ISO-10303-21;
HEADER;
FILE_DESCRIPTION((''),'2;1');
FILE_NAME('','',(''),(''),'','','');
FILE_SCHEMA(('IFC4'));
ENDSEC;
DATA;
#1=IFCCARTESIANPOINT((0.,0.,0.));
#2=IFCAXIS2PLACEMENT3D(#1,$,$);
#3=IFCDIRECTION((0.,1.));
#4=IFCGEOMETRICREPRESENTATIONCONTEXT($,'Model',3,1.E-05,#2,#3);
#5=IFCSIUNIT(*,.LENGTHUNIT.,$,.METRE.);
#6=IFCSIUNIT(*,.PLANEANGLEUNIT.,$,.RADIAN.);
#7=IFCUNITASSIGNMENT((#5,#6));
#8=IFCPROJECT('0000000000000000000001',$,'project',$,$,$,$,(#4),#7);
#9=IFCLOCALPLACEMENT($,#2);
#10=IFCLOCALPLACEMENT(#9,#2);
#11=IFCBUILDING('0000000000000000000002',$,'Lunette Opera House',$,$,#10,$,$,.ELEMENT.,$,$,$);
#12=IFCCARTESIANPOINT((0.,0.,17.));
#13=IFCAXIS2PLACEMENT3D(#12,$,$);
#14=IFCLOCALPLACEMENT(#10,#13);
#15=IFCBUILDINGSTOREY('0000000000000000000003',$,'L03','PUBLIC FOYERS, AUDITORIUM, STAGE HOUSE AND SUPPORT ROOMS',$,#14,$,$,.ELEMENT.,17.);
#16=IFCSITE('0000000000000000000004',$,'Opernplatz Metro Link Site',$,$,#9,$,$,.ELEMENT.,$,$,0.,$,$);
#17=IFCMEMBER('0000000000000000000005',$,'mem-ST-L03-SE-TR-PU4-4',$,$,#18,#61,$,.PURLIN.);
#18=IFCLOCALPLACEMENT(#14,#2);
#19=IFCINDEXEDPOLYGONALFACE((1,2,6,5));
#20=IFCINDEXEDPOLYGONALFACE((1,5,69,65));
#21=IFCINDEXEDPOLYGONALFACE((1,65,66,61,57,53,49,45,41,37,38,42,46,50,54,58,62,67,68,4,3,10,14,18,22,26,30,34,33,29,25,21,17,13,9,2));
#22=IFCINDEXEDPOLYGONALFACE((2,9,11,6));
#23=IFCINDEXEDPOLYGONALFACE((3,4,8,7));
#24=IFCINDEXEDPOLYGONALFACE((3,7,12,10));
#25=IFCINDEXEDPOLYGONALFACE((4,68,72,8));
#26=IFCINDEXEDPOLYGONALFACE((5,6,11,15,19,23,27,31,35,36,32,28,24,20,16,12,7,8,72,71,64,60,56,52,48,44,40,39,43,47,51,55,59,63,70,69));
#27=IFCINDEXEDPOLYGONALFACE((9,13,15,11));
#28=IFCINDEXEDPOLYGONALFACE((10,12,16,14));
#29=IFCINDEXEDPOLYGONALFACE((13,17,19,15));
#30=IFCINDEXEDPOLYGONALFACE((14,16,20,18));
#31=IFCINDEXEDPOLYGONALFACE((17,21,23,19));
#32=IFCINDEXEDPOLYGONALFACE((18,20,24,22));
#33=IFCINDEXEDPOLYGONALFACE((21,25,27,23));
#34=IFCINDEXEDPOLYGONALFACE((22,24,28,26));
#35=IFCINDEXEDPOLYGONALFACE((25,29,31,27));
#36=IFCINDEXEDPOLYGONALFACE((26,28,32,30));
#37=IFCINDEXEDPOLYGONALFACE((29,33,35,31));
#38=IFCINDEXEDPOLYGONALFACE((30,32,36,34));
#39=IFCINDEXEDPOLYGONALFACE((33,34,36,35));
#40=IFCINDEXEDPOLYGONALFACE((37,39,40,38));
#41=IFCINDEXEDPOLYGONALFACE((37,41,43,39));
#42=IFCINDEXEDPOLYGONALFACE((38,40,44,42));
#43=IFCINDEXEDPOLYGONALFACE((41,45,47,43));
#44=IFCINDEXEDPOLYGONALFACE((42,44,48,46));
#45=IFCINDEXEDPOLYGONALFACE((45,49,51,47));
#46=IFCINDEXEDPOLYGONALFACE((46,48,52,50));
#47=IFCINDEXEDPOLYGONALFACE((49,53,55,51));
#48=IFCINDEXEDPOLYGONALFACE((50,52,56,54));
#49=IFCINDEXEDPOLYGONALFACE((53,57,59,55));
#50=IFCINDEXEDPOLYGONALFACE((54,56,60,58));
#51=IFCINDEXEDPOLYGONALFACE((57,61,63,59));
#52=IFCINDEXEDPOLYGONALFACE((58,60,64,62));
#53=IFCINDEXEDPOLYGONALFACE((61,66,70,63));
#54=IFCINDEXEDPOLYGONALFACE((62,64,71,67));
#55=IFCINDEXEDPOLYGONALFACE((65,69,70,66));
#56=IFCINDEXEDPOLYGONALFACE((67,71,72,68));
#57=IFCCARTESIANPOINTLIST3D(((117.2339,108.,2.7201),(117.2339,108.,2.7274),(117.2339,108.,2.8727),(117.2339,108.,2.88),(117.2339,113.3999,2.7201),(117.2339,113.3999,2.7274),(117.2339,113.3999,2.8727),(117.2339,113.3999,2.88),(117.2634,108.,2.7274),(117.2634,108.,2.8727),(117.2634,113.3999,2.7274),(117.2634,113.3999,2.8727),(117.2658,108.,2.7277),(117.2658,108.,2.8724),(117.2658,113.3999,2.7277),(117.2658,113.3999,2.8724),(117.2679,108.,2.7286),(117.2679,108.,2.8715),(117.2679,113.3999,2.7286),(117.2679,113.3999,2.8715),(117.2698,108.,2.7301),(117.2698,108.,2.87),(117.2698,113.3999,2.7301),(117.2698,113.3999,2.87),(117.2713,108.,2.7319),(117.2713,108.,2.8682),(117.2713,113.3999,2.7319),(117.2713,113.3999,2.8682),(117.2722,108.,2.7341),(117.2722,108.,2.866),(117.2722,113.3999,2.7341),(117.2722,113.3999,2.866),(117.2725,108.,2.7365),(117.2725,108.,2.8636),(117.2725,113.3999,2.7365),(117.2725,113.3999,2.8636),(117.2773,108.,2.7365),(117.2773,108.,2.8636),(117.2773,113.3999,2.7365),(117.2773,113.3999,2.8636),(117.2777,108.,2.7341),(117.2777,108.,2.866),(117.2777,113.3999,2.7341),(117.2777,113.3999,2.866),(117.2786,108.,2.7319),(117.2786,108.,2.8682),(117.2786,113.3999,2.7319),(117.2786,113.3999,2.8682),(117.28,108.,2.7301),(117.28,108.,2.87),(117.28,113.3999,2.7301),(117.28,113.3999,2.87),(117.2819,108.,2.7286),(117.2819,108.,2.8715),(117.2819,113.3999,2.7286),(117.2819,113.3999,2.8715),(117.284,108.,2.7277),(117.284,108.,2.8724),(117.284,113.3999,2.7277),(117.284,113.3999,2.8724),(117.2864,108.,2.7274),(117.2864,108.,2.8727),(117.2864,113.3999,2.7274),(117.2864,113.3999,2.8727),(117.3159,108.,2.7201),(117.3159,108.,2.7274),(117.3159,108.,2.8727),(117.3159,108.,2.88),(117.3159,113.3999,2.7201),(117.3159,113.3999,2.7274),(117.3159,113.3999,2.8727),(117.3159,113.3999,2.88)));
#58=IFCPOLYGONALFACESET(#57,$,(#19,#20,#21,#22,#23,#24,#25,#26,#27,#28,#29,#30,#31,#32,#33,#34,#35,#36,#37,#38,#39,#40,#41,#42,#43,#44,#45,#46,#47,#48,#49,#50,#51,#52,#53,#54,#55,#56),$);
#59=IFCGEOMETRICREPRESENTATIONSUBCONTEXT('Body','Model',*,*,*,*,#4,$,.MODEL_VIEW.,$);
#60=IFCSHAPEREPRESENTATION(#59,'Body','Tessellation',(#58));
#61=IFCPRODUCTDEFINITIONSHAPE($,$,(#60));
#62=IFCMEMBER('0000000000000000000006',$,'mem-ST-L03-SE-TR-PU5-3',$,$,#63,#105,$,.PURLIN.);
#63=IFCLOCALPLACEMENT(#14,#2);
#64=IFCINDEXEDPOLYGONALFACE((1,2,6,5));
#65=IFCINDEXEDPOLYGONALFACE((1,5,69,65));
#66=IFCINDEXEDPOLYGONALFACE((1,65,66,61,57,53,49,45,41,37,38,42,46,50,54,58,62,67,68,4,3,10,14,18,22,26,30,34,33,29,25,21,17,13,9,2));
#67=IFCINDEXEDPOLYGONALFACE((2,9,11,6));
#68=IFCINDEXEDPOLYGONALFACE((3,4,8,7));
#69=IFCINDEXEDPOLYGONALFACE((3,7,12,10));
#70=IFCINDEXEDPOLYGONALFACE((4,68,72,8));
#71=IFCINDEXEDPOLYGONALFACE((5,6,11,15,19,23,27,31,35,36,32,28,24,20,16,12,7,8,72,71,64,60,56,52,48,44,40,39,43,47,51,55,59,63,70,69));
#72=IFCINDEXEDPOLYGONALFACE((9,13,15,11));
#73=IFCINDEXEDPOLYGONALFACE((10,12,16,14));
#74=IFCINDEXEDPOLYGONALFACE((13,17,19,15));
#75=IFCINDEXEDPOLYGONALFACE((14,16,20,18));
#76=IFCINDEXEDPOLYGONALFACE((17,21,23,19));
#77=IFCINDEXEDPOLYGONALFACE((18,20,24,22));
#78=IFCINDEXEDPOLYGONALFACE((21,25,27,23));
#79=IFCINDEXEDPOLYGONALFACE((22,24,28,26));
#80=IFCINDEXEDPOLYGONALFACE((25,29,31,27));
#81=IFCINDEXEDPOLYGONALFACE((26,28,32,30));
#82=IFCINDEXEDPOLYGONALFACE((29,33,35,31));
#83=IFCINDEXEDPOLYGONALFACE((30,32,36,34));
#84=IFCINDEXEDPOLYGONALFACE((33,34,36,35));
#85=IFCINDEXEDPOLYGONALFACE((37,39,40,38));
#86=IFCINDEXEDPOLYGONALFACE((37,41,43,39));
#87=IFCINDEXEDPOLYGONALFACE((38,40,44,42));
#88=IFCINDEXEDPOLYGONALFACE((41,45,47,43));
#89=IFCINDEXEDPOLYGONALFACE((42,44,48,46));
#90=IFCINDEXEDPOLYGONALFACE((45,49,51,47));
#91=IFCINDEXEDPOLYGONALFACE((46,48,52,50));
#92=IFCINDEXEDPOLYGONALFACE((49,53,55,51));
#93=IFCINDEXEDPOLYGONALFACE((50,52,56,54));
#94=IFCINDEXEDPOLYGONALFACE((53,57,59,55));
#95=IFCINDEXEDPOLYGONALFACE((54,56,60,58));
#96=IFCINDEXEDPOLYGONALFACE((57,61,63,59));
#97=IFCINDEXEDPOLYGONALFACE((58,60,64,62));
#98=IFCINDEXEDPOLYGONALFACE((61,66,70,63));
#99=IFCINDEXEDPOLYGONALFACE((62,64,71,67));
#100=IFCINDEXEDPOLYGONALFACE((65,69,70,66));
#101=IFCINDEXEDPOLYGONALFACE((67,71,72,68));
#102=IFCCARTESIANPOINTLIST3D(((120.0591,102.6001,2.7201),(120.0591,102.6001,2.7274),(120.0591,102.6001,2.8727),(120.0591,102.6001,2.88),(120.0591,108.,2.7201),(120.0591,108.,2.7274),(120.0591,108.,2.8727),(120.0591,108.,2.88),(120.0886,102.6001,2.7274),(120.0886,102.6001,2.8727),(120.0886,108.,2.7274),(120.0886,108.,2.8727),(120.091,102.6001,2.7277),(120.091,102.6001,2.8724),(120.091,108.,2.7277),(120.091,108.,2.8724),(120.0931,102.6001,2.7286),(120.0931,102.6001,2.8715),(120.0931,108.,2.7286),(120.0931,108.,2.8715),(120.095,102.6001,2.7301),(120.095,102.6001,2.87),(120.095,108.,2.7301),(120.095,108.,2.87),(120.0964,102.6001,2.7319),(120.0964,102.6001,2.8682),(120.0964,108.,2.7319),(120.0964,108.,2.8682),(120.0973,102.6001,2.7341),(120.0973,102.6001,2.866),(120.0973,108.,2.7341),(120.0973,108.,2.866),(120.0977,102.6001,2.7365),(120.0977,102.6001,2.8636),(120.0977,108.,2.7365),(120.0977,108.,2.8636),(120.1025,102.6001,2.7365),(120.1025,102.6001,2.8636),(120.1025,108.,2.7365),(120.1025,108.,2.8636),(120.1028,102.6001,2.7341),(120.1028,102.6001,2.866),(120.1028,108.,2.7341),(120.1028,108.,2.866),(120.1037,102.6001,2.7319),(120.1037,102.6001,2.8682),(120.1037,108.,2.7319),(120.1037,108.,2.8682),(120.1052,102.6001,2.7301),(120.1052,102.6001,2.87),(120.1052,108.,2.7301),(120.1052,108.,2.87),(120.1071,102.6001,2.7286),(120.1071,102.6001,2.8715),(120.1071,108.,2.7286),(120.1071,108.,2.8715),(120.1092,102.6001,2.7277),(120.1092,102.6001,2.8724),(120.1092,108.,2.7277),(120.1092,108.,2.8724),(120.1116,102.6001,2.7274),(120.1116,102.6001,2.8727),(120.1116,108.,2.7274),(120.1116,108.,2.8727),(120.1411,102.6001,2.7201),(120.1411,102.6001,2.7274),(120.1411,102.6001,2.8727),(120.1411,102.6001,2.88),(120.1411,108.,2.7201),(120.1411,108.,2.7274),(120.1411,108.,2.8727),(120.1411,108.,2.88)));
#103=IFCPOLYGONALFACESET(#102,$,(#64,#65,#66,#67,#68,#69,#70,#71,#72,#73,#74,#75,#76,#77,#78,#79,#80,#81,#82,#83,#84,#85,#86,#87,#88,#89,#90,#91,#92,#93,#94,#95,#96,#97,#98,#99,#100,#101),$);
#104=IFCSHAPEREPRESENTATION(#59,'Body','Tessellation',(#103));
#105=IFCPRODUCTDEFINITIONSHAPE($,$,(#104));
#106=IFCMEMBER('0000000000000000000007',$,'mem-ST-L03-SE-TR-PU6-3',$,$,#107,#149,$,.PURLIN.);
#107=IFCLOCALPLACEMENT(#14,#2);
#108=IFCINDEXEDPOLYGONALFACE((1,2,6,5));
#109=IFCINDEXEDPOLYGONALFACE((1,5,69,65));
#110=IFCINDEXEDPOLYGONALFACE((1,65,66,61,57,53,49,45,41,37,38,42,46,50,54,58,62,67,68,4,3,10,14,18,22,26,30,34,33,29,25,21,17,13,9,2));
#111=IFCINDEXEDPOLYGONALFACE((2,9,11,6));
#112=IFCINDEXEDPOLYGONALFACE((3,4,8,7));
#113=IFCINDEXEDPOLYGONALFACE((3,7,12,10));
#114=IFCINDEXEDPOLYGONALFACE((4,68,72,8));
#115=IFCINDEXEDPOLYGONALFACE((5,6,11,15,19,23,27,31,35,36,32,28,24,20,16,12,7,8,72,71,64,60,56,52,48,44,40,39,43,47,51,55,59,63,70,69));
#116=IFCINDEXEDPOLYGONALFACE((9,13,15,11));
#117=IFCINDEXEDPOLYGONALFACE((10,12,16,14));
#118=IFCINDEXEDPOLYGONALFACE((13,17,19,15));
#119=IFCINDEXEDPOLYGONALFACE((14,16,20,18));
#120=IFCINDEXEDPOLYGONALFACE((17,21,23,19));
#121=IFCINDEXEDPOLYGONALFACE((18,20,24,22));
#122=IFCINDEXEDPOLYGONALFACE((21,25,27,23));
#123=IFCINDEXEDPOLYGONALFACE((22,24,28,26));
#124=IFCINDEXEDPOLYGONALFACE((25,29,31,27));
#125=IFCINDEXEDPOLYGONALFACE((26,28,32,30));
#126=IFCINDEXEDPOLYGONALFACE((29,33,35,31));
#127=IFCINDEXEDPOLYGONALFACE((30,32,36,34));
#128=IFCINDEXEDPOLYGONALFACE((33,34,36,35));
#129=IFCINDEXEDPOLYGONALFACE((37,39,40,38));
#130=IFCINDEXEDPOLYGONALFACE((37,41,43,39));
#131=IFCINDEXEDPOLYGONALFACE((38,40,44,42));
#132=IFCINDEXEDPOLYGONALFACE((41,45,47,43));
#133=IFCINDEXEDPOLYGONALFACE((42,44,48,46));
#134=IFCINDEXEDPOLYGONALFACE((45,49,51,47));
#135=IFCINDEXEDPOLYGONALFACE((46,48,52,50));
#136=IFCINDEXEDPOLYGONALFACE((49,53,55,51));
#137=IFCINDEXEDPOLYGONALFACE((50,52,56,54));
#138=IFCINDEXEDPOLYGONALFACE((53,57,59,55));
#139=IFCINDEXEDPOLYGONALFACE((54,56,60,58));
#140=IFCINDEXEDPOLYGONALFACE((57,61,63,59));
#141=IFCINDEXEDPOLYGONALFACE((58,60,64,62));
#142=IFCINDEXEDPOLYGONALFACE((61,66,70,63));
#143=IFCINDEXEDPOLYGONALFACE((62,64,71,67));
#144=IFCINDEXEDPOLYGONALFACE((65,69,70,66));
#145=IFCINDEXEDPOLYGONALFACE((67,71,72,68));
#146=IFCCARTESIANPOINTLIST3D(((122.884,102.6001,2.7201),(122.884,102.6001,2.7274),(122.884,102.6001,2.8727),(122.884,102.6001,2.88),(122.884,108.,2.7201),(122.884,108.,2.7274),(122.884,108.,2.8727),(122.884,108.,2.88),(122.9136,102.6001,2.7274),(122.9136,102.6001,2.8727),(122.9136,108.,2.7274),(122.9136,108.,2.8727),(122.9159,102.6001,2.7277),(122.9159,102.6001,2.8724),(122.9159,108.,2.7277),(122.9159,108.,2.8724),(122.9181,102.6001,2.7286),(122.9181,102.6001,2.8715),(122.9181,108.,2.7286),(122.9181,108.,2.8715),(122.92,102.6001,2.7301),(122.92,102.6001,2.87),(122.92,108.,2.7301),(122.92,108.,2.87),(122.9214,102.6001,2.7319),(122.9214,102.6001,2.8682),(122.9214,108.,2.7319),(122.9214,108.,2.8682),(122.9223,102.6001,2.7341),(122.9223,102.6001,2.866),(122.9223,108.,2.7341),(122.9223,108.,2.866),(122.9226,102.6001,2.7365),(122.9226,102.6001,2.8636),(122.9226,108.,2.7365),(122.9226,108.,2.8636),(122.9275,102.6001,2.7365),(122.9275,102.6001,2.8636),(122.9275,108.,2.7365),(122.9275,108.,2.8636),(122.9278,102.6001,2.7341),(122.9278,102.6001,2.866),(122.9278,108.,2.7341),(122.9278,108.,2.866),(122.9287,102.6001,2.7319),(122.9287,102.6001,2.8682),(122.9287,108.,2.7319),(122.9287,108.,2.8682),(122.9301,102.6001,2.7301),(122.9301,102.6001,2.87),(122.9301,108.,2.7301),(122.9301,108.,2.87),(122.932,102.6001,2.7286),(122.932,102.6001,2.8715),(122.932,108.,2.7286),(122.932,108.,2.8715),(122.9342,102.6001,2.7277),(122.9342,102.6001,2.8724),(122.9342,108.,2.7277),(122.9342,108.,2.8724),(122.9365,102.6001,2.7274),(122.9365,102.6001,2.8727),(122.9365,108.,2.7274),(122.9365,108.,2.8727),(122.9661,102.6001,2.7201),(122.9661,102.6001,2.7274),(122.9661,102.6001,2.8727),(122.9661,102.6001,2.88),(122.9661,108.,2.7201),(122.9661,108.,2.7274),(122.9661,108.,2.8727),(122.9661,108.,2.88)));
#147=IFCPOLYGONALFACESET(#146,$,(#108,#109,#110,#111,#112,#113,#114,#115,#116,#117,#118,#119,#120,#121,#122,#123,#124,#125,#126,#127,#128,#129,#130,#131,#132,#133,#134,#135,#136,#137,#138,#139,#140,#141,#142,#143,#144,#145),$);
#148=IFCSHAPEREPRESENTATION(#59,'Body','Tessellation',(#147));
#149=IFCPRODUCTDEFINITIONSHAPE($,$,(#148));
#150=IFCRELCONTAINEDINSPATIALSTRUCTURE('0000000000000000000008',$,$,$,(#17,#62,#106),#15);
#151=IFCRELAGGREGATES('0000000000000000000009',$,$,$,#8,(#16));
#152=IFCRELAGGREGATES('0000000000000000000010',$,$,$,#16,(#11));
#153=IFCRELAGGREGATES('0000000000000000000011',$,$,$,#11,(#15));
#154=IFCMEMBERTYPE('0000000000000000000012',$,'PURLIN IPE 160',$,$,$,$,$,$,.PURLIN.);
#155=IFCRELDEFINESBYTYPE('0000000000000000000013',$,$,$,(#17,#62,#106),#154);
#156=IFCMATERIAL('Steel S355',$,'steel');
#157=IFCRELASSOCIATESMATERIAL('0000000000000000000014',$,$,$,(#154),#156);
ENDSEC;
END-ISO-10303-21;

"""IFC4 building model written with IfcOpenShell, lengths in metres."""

from ifc_helpers import new_model, si_unit, direction, frame, origin, origin_2d, place, context, subcontext, project, spatial, i_section, extrude, material, material_profile, profile_set, type_object, element, save


model = new_model("IFC4")

# Units and contexts
model_context = context("Model", 3, precision=1e-05, world=origin(), true_north=direction((0.0, 1.0)))
body_context = subcontext(model_context, "Body", "Model", "MODEL_VIEW")
ifc_project = project(units=[si_unit("LENGTHUNIT", "METRE"), si_unit("PLANEANGLEUNIT", "RADIAN")], contexts=[model_context])

# Site, building, storey
site_placement = place(None, origin())
site = spatial("IfcSite", under=ifc_project, at=site_placement, Name="Opernplatz Metro Link Site", CompositionType="ELEMENT", RefElevation=0.0)
building_placement = place(site_placement, origin())
building = spatial("IfcBuilding", under=site, at=building_placement, Name="Lunette Opera House", CompositionType="ELEMENT")
storey_placement = place(building_placement, frame((0.0, 0.0, 17.0)))
storey = spatial("IfcBuildingStorey", under=building, at=storey_placement, Name="L03", Description="PUBLIC FOYERS, AUDITORIUM, STAGE HOUSE AND SUPPORT ROOMS", CompositionType="ELEMENT", Elevation=17.0)

# Members
ifc_material_1 = material(Name="Steel S355", Category="steel")
ifc_material_profile_1 = material_profile(ifc_material_1, i_section(OverallWidth=0.082, OverallDepth=0.1599, WebThickness=0.0049, FlangeThickness=0.0073, FilletRadius=0.009, at=origin_2d()), Name="IPE 160")
ifc_profile_set_1 = profile_set([ifc_material_profile_1], Name="Steel S355")
member_type_1 = type_object("IfcMemberType", Name="PURLIN IPE 160", PredefinedType="PURLIN", material=ifc_profile_set_1)
for number, where, z_axis, x_axis, name in (
    (1, (117.2749, 108.0, 2.8), (0.0, 1.0, 0.0), (-1.0, 0.0, 0.0), "mem-ST-L03-SE-TR-PU4-4"),
    (2, (120.1001, 102.6001, 2.8), (0.0, 1.0, 0.0), (-1.0, 0.0, 0.0), "mem-ST-L03-SE-TR-PU5-3"),
    (3, (122.925, 102.6001, 2.8), (0.0, 1.0, 0.0), (-1.0, 0.0, 0.0), "mem-ST-L03-SE-TR-PU6-3"),
):
    element("IfcMember", number, at=place(storey_placement, frame(where, z_axis=z_axis, x_axis=x_axis)), inside=storey, type_object=member_type_1, Name=name, PredefinedType="PURLIN", context=body_context, shape_type="SweptSolid", body=[
        extrude(i_section(OverallWidth=0.082, OverallDepth=0.1599, WebThickness=0.0049, FlangeThickness=0.0073, FilletRadius=0.009, at=origin_2d()), origin(), (0.0, 0.0, 1.0), 5.3999),
    ])

save(model, "model.ifc")
